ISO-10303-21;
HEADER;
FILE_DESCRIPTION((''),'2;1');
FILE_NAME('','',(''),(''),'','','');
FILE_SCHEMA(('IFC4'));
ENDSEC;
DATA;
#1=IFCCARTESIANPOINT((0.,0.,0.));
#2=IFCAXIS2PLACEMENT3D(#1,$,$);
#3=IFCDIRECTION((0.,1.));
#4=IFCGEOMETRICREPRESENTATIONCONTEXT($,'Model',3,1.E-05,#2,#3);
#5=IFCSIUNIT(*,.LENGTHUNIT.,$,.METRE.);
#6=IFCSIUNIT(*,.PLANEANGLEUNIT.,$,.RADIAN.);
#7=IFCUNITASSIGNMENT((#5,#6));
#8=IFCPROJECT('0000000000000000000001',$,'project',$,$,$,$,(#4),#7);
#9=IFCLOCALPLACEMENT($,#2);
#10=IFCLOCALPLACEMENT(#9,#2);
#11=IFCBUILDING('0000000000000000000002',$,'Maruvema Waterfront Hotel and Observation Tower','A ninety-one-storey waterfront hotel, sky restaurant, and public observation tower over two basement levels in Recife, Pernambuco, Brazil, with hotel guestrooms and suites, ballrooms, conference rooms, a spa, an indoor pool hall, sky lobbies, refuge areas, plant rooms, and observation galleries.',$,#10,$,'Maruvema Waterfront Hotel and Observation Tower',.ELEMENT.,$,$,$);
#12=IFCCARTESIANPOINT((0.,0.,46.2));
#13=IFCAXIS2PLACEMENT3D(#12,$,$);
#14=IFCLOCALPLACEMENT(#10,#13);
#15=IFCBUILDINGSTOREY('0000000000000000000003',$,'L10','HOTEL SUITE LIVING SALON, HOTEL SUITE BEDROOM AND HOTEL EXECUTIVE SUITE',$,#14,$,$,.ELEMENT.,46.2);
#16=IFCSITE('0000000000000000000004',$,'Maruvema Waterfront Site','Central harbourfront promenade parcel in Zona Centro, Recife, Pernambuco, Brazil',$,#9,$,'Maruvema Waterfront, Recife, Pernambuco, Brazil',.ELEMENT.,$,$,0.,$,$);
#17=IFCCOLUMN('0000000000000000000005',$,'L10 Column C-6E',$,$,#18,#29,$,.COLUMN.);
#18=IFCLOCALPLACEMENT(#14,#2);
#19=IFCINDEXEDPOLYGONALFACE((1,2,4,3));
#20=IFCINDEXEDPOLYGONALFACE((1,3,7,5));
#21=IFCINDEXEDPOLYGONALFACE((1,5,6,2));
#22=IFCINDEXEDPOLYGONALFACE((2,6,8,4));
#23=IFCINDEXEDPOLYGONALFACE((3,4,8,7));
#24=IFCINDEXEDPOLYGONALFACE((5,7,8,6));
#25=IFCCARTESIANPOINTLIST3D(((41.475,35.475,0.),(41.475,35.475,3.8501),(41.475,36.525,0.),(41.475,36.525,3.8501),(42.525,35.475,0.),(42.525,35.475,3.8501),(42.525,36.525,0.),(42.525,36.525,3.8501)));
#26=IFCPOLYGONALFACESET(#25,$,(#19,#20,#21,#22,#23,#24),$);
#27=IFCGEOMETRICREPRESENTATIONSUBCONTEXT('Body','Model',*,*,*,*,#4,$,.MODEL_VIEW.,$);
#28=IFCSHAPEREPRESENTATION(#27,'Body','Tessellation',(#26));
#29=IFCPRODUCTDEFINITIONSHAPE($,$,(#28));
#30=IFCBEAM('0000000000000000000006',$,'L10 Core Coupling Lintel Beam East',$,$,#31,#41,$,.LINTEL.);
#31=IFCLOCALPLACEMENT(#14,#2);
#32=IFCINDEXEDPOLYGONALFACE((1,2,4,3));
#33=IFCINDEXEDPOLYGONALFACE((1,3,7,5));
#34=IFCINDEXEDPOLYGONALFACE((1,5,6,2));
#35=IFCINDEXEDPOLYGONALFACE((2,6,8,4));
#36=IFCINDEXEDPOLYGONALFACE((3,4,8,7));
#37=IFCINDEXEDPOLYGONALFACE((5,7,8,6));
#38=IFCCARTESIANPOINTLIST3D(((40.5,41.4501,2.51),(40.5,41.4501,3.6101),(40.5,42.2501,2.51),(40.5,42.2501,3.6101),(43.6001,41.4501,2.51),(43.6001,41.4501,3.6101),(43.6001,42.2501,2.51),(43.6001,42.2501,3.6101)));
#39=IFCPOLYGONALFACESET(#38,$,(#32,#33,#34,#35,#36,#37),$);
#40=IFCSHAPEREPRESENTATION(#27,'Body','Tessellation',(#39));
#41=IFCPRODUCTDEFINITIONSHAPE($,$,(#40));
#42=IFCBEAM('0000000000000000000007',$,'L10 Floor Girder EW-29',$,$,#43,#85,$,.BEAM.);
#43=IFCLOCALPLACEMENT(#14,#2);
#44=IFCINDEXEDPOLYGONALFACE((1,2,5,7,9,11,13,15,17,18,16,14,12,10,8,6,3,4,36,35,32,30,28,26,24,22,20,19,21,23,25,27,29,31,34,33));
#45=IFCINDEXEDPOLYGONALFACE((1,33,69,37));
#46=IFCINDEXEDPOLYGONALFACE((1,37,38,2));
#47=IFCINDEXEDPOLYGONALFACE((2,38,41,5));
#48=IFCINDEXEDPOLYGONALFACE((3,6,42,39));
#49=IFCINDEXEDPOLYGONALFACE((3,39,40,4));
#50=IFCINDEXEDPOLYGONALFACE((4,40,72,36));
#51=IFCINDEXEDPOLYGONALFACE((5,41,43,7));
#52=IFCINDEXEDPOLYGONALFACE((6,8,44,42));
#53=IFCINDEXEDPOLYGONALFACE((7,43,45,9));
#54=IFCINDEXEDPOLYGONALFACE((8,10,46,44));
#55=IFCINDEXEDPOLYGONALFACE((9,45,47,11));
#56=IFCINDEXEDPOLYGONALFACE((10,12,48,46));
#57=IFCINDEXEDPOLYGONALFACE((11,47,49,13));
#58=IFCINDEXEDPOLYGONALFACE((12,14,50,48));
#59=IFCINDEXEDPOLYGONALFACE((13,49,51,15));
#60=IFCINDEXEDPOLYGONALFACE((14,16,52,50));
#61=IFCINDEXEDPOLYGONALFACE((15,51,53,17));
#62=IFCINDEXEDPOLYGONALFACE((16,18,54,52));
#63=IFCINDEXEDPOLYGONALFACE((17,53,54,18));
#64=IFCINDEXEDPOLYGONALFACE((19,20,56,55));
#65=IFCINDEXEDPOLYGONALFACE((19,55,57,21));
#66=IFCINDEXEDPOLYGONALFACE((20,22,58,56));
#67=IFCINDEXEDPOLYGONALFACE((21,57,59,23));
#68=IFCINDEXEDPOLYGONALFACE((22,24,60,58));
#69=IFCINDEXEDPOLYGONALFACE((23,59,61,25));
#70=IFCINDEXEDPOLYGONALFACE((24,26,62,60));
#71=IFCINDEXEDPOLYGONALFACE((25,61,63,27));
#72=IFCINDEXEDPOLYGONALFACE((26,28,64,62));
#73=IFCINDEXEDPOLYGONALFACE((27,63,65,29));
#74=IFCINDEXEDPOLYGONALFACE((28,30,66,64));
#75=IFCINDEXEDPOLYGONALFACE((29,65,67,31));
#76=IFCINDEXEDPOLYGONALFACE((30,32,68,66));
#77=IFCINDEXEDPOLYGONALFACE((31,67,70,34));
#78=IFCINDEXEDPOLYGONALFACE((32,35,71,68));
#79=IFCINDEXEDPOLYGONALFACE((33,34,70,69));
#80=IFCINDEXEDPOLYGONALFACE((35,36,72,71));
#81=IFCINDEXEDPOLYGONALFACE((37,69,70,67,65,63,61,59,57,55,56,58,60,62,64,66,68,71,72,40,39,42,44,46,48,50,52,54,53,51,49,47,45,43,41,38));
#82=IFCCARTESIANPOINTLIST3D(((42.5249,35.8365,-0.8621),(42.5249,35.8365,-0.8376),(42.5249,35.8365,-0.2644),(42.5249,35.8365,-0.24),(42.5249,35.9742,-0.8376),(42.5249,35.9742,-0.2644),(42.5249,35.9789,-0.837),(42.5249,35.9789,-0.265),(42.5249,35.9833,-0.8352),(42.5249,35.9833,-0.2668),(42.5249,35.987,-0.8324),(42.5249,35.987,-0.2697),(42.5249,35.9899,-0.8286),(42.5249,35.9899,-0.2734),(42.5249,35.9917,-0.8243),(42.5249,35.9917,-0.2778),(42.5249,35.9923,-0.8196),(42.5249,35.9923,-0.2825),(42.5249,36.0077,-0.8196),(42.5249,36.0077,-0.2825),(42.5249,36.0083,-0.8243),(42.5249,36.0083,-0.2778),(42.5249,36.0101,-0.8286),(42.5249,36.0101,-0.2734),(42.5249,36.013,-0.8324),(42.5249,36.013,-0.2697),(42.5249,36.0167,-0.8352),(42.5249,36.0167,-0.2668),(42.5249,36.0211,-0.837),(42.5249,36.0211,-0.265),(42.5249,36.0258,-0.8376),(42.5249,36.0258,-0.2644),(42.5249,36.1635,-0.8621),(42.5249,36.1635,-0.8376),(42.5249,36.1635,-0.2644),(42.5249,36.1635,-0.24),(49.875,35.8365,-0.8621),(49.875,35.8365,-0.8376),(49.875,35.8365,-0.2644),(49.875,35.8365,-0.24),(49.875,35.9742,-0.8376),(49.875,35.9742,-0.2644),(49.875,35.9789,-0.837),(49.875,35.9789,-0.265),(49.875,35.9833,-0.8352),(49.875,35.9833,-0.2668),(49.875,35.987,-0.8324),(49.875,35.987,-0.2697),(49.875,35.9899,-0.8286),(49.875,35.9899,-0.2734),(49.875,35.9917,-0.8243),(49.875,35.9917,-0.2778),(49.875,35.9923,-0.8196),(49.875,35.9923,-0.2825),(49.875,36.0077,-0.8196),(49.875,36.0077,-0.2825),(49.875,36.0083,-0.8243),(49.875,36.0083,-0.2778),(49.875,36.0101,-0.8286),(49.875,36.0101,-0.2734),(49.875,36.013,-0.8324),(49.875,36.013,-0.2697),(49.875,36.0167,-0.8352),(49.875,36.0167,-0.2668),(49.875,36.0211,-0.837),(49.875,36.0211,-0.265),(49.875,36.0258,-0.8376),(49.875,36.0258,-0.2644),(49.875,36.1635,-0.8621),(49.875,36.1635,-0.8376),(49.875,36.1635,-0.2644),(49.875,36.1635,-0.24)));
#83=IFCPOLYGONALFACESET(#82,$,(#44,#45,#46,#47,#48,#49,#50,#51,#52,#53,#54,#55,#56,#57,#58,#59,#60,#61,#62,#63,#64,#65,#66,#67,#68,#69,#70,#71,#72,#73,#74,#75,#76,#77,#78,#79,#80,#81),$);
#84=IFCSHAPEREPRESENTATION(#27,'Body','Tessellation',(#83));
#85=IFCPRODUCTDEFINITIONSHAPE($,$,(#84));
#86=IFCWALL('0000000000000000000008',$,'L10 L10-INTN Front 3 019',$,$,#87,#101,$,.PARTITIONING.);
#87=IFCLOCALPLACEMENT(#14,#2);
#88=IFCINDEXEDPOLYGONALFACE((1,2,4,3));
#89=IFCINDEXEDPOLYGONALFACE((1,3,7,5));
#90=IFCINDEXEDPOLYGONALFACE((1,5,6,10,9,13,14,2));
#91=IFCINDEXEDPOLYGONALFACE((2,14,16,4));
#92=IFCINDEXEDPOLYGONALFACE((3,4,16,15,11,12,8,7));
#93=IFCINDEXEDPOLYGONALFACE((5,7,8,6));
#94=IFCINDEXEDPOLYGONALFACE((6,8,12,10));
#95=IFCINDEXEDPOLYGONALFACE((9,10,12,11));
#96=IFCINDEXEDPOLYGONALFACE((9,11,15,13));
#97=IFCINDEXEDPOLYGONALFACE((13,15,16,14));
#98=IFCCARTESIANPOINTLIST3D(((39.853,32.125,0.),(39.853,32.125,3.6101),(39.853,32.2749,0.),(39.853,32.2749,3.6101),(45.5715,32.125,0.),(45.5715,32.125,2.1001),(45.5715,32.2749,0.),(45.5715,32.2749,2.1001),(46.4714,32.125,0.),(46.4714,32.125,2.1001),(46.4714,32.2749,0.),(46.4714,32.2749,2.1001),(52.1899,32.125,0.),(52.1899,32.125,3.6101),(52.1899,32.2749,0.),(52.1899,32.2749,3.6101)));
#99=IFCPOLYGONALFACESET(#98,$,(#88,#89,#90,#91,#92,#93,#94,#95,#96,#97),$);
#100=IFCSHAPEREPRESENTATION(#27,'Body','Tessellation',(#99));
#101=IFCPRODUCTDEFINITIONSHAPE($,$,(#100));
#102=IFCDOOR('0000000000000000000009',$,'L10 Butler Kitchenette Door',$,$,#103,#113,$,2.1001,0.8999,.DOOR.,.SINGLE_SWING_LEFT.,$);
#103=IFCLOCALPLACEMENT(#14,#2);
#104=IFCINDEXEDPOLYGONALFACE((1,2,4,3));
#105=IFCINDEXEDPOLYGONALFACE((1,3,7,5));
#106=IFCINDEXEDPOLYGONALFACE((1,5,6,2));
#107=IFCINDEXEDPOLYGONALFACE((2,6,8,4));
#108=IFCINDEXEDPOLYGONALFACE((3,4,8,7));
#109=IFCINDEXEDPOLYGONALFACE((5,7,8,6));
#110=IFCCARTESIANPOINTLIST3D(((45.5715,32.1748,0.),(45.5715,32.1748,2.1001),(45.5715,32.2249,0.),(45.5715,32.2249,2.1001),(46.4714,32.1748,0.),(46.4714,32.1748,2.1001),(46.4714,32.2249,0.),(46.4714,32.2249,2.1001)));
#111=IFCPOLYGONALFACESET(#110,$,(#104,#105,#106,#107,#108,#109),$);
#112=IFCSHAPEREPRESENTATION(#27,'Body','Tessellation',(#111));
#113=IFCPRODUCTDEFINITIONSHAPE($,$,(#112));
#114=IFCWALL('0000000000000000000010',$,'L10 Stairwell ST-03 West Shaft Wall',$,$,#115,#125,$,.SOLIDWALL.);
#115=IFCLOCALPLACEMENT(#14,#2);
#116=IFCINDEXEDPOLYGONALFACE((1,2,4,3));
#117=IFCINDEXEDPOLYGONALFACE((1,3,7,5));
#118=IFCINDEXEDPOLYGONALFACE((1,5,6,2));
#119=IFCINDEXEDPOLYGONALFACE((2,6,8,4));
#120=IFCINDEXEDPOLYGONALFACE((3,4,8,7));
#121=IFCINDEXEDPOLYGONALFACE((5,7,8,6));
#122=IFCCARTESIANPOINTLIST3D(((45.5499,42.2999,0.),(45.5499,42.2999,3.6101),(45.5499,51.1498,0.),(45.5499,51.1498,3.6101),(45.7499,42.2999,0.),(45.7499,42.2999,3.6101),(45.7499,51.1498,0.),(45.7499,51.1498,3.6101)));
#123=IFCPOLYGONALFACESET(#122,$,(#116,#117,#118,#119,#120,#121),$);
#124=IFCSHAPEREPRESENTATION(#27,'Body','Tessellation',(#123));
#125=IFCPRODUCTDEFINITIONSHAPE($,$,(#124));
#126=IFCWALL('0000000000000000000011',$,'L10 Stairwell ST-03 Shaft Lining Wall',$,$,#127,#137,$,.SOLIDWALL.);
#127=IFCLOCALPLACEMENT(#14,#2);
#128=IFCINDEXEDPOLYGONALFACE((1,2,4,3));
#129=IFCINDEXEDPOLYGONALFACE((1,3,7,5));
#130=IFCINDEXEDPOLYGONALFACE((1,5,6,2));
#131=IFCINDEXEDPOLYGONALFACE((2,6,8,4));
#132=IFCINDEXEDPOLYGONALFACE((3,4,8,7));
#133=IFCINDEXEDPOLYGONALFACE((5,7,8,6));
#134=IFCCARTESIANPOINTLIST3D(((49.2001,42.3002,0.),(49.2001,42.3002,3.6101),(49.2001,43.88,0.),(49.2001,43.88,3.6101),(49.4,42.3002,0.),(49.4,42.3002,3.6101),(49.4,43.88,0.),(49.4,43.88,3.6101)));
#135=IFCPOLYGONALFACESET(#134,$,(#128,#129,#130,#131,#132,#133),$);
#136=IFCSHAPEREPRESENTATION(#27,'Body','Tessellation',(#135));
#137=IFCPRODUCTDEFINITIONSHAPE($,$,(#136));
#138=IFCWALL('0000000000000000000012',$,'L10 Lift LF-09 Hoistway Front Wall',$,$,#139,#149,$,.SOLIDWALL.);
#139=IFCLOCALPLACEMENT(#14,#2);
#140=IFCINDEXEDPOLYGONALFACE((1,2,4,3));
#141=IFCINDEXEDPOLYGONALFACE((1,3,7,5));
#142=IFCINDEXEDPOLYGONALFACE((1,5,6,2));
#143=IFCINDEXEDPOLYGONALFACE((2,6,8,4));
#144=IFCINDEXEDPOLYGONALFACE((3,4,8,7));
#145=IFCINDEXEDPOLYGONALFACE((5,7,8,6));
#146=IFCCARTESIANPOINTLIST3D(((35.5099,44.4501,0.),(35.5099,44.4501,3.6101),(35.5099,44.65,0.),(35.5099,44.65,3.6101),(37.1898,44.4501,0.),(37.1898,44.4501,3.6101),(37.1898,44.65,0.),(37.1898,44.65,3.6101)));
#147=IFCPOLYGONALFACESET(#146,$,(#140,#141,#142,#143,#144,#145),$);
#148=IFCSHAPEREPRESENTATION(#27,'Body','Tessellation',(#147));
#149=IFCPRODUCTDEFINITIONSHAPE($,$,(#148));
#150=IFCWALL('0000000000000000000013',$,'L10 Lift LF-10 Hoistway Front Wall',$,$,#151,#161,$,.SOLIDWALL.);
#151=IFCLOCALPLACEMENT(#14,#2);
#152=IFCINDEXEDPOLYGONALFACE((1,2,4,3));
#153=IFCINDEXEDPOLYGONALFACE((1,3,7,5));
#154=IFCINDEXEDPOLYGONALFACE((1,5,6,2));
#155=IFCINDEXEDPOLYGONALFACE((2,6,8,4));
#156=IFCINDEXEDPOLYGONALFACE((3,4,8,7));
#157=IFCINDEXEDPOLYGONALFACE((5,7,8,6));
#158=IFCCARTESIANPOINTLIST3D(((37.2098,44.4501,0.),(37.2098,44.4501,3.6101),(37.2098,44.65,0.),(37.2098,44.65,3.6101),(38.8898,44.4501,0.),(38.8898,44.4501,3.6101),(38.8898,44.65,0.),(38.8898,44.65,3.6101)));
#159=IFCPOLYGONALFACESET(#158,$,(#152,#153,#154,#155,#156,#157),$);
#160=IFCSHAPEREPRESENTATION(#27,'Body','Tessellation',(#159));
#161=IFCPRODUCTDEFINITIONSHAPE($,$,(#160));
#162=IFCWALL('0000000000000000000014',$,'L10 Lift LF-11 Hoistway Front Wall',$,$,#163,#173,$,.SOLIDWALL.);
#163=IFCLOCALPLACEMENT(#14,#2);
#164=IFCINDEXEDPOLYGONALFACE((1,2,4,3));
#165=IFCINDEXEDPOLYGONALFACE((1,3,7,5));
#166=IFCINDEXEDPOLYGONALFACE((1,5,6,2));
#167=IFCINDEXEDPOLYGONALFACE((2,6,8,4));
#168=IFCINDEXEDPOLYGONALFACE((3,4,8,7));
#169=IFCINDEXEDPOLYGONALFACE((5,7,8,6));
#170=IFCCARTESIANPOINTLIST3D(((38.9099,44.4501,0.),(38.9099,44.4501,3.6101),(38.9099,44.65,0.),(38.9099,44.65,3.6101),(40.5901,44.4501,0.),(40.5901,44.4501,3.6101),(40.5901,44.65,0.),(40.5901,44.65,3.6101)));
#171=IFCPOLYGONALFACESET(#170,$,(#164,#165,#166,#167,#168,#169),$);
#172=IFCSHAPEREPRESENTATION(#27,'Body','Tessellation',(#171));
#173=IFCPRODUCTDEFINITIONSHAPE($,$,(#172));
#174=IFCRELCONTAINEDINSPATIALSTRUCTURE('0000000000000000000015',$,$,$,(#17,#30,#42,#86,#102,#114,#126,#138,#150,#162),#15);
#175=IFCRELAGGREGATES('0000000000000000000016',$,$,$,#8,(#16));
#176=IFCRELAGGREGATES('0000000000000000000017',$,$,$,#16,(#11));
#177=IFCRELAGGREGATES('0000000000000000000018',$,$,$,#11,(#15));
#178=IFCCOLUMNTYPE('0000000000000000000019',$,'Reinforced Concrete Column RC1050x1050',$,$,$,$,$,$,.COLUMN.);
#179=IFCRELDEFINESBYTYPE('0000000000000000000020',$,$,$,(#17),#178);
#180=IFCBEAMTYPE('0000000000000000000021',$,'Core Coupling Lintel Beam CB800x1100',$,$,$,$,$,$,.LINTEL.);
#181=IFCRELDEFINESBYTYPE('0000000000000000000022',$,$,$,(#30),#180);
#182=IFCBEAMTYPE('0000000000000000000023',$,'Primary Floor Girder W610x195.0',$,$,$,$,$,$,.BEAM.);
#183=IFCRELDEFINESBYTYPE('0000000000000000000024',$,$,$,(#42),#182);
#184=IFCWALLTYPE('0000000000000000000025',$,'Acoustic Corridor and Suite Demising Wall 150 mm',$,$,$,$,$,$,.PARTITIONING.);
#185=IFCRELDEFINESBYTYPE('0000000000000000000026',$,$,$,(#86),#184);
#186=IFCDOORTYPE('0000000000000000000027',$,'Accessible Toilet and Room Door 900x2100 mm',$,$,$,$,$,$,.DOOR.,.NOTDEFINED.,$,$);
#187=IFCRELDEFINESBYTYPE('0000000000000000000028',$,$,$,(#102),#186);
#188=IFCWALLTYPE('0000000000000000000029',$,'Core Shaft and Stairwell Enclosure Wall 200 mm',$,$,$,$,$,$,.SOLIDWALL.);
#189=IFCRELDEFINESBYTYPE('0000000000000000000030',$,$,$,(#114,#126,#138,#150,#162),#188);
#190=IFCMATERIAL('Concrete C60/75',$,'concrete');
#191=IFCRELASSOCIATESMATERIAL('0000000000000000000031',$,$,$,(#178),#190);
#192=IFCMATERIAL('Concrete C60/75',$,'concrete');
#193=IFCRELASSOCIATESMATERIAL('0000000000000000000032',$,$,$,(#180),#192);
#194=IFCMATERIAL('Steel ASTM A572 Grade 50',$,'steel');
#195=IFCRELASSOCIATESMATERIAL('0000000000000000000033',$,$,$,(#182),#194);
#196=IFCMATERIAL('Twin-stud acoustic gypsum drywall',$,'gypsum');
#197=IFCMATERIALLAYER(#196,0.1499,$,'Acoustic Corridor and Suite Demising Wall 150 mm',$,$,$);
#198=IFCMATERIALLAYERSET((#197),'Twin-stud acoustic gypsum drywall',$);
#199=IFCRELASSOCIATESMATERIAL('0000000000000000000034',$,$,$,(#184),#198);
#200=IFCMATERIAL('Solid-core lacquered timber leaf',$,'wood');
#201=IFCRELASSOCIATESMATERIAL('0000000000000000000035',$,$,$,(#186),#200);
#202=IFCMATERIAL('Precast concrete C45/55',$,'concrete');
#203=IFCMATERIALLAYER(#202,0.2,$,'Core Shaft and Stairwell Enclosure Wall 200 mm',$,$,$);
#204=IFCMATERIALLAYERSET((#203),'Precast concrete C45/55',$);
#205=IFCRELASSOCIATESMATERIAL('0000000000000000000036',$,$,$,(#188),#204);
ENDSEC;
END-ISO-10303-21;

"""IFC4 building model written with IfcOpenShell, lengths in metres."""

from ifc_helpers import new_model, si_unit, direction, frame, frame_2d, origin, origin_2d, place, context, subcontext, project, spatial, rectangle, i_section, extrude, material, layer, layer_set, material_profile, profile_set, type_object, element, fill, save


model = new_model("IFC4")

# Units and contexts
model_context = context("Model", 3, precision=1e-05, world=origin(), true_north=direction((0.0, 1.0)))
body_context = subcontext(model_context, "Body", "Model", "MODEL_VIEW")
ifc_project = project(units=[si_unit("LENGTHUNIT", "METRE"), si_unit("PLANEANGLEUNIT", "RADIAN")], contexts=[model_context])

# Site, building, storey
site_placement = place(None, origin())
site = spatial("IfcSite", under=ifc_project, at=site_placement, Name="Maruvema Waterfront Site", Description="Central harbourfront promenade parcel in Zona Centro, Recife, Pernambuco, Brazil", LongName="Maruvema Waterfront, Recife, Pernambuco, Brazil", CompositionType="ELEMENT", RefElevation=0.0)
building_placement = place(site_placement, origin())
building = spatial("IfcBuilding", under=site, at=building_placement, Name="Maruvema Waterfront Hotel and Observation Tower", Description="A ninety-one-storey waterfront hotel, sky restaurant, and public observation tower over two basement levels in Recife, Pernambuco, Brazil, with hotel guestrooms and suites, ballrooms, conference rooms, a spa, an indoor pool hall, sky lobbies, refuge areas, plant rooms, and observation galleries.", LongName="Maruvema Waterfront Hotel and Observation Tower", CompositionType="ELEMENT")
storey_placement = place(building_placement, frame((0.0, 0.0, 46.2)))
storey = spatial("IfcBuildingStorey", under=building, at=storey_placement, Name="L10", Description="HOTEL SUITE LIVING SALON, HOTEL SUITE BEDROOM AND HOTEL EXECUTIVE SUITE", CompositionType="ELEMENT", Elevation=46.2)

# Column
ifc_material_1 = material(Name="Concrete C60/75", Category="concrete")
ifc_material_profile_1 = material_profile(ifc_material_1, rectangle(XDim=1.05, YDim=1.05, at=origin_2d()), Name="RC1050x1050")
ifc_profile_set_1 = profile_set([ifc_material_profile_1], Name="Concrete C60/75")
column_type = type_object("IfcColumnType", Name="Reinforced Concrete Column RC1050x1050", PredefinedType="COLUMN", material=ifc_profile_set_1)
column_placement = place(storey_placement, frame((42.0, 36.0, 0.0), z_axis=(0.0, 0.0, 1.0), x_axis=(1.0, 0.0, 0.0)))
element("IfcColumn", 1, at=column_placement, inside=storey, type_object=column_type, Name="L10 Column C-6E", PredefinedType="COLUMN", context=body_context, shape_type="SweptSolid", body=[
    extrude(rectangle(XDim=1.05, YDim=1.05, at=origin_2d()), origin(), (0.0, 0.0, 1.0), 3.8501),
])

# Beams
ifc_material_2 = material(Name="Concrete C60/75", Category="concrete")
ifc_material_profile_2 = material_profile(ifc_material_2, rectangle(XDim=0.8, YDim=1.1001, at=origin_2d()), Name="CB800x1100")
ifc_profile_set_2 = profile_set([ifc_material_profile_2], Name="Concrete C60/75")
beam_type_1 = type_object("IfcBeamType", Name="Core Coupling Lintel Beam CB800x1100", PredefinedType="LINTEL", material=ifc_profile_set_2)
beam_1_placement = place(storey_placement, frame((40.5, 41.8501, 3.0601), z_axis=(1.0, 0.0, 0.0), x_axis=(0.0, 1.0, 0.0)))
element("IfcBeam", 2, at=beam_1_placement, inside=storey, type_object=beam_type_1, Name="L10 Core Coupling Lintel Beam East", PredefinedType="LINTEL", context=body_context, shape_type="SweptSolid", body=[
    extrude(rectangle(XDim=0.8, YDim=1.1001, at=origin_2d()), origin(), (0.0, 0.0, 1.0), 3.1001),
])
ifc_material_3 = material(Name="Steel ASTM A572 Grade 50", Category="steel")
ifc_material_profile_3 = material_profile(ifc_material_3, i_section(OverallWidth=0.3269, OverallDepth=0.6221, WebThickness=0.0154, FlangeThickness=0.0244, FilletRadius=0.0181, at=origin_2d()), Name="W610x195.0")
ifc_profile_set_3 = profile_set([ifc_material_profile_3], Name="Steel ASTM A572 Grade 50")
beam_type_2 = type_object("IfcBeamType", Name="Primary Floor Girder W610x195.0", PredefinedType="BEAM", material=ifc_profile_set_3)
beam_2_placement = place(storey_placement, frame((42.5249, 36.0, -0.551), z_axis=(1.0, 0.0, 0.0), x_axis=(0.0, 1.0, 0.0)))
element("IfcBeam", 3, at=beam_2_placement, inside=storey, type_object=beam_type_2, Name="L10 Floor Girder EW-29", PredefinedType="BEAM", context=body_context, shape_type="SweptSolid", body=[
    extrude(i_section(OverallWidth=0.3269, OverallDepth=0.6221, WebThickness=0.0154, FlangeThickness=0.0244, FilletRadius=0.0181, at=origin_2d()), origin(), (0.0, 0.0, 1.0), 7.3501),
])

# Wall, opening, door
ifc_material_4 = material(Name="Twin-stud acoustic gypsum drywall", Category="gypsum")
ifc_layer_1 = layer(ifc_material_4, 0.1499, Name="Acoustic Corridor and Suite Demising Wall 150 mm")
ifc_layer_set_1 = layer_set([ifc_layer_1], Name="Twin-stud acoustic gypsum drywall")
wall_type_1 = type_object("IfcWallType", Name="Acoustic Corridor and Suite Demising Wall 150 mm", PredefinedType="PARTITIONING", material=ifc_layer_set_1)
wall_1_placement = place(storey_placement, frame((39.853, 32.2, 0.0), z_axis=(0.0, 0.0, 1.0), x_axis=(1.0, 0.0, 0.0)))
wall_1 = element("IfcWall", 4, at=wall_1_placement, inside=storey, type_object=wall_type_1, Name="L10 L10-INTN Front 3 019", PredefinedType="PARTITIONING", context=body_context, shape_type="SweptSolid", body=[
    extrude(rectangle(XDim=12.3369, YDim=0.1499, at=frame_2d((6.1685, 0.0))), origin(), (0.0, 0.0, 1.0), 3.6101),
])
opening_1_placement = place(wall_1_placement, frame((5.7185, 0.0, 0.0)))
opening_1 = element("IfcOpeningElement", 5, at=opening_1_placement, cuts=wall_1, PredefinedType="OPENING", context=body_context, shape_type="SweptSolid", body=[
    extrude(rectangle(XDim=0.8999, YDim=2.1001, at=frame_2d((0.45, 1.05))), frame((0.0, 0.085, 0.0), z_axis=(0.0, -1.0, 0.0), x_axis=(1.0, 0.0, 0.0)), (0.0, 0.0, 1.0), 0.1699),
])
ifc_material_5 = material(Name="Solid-core lacquered timber leaf", Category="wood")
door_type_1 = type_object("IfcDoorType", Name="Accessible Toilet and Room Door 900x2100 mm", OperationType="NOTDEFINED", PredefinedType="DOOR", material=ifc_material_5)
door_1_placement = place(opening_1_placement, origin())
door_1 = element("IfcDoor", 6, at=door_1_placement, inside=storey, type_object=door_type_1, Name="L10 Butler Kitchenette Door", OperationType="SINGLE_SWING_LEFT", OverallHeight=2.1001, OverallWidth=0.8999, PredefinedType="DOOR", context=body_context, shape_type="SweptSolid", body=[
    extrude(rectangle(XDim=0.8999, YDim=2.1001, at=frame_2d((0.45, 1.05))), frame((0.0, 0.0249, 0.0), z_axis=(0.0, -1.0, 0.0), x_axis=(1.0, 0.0, 0.0)), (0.0, 0.0, 1.0), 0.05),
])
fill(opening_1, door_1)

# Walls
ifc_material_6 = material(Name="Precast concrete C45/55", Category="concrete")
ifc_layer_2 = layer(ifc_material_6, 0.2, Name="Core Shaft and Stairwell Enclosure Wall 200 mm")
ifc_layer_set_2 = layer_set([ifc_layer_2], Name="Precast concrete C45/55")
wall_type_2 = type_object("IfcWallType", Name="Core Shaft and Stairwell Enclosure Wall 200 mm", PredefinedType="SOLIDWALL", material=ifc_layer_set_2)
wall_2_placement = place(storey_placement, frame((45.6499, 42.3, 0.0), z_axis=(0.0, 0.0, 1.0), x_axis=(0.0, 1.0, 0.0)))
element("IfcWall", 7, at=wall_2_placement, inside=storey, type_object=wall_type_2, Name="L10 Stairwell ST-03 West Shaft Wall", PredefinedType="SOLIDWALL", context=body_context, shape_type="SweptSolid", body=[
    extrude(rectangle(XDim=8.8499, YDim=0.2, at=frame_2d((4.4248, 0.0))), origin(), (0.0, 0.0, 1.0), 3.6101),
])
wall_3_placement = place(storey_placement, frame((49.3, 42.3, 0.0), z_axis=(0.0, 0.0, 1.0), x_axis=(0.0, 1.0, 0.0)))
element("IfcWall", 8, at=wall_3_placement, inside=storey, type_object=wall_type_2, Name="L10 Stairwell ST-03 Shaft Lining Wall", PredefinedType="SOLIDWALL", context=body_context, shape_type="SweptSolid", body=[
    extrude(rectangle(XDim=1.5798, YDim=0.2, at=frame_2d((0.79, 0.0))), origin(), (0.0, 0.0, 1.0), 3.6101),
])
for number, where, z_axis, x_axis, name in (
    (9, (35.51, 44.55, 0.0), (0.0, 0.0, 1.0), (1.0, 0.0, 0.0), "L10 Lift LF-09 Hoistway Front Wall"),
    (10, (37.21, 44.55, 0.0), (0.0, 0.0, 1.0), (1.0, 0.0, 0.0), "L10 Lift LF-10 Hoistway Front Wall"),
):
    element("IfcWall", number, at=place(storey_placement, frame(where, z_axis=z_axis, x_axis=x_axis)), inside=storey, type_object=wall_type_2, Name=name, PredefinedType="SOLIDWALL", context=body_context, shape_type="SweptSolid", body=[
        extrude(rectangle(XDim=1.6799, YDim=0.2, at=frame_2d((0.8398, 0.0))), origin(), (0.0, 0.0, 1.0), 3.6101),
    ])
wall_4_placement = place(storey_placement, frame((38.9099, 44.55, 0.0), z_axis=(0.0, 0.0, 1.0), x_axis=(1.0, 0.0, 0.0)))
element("IfcWall", 11, at=wall_4_placement, inside=storey, type_object=wall_type_2, Name="L10 Lift LF-11 Hoistway Front Wall", PredefinedType="SOLIDWALL", context=body_context, shape_type="SweptSolid", body=[
    extrude(rectangle(XDim=1.6802, YDim=0.2, at=frame_2d((0.8401, 0.0))), origin(), (0.0, 0.0, 1.0), 3.6101),
])

save(model, "model.ifc")
